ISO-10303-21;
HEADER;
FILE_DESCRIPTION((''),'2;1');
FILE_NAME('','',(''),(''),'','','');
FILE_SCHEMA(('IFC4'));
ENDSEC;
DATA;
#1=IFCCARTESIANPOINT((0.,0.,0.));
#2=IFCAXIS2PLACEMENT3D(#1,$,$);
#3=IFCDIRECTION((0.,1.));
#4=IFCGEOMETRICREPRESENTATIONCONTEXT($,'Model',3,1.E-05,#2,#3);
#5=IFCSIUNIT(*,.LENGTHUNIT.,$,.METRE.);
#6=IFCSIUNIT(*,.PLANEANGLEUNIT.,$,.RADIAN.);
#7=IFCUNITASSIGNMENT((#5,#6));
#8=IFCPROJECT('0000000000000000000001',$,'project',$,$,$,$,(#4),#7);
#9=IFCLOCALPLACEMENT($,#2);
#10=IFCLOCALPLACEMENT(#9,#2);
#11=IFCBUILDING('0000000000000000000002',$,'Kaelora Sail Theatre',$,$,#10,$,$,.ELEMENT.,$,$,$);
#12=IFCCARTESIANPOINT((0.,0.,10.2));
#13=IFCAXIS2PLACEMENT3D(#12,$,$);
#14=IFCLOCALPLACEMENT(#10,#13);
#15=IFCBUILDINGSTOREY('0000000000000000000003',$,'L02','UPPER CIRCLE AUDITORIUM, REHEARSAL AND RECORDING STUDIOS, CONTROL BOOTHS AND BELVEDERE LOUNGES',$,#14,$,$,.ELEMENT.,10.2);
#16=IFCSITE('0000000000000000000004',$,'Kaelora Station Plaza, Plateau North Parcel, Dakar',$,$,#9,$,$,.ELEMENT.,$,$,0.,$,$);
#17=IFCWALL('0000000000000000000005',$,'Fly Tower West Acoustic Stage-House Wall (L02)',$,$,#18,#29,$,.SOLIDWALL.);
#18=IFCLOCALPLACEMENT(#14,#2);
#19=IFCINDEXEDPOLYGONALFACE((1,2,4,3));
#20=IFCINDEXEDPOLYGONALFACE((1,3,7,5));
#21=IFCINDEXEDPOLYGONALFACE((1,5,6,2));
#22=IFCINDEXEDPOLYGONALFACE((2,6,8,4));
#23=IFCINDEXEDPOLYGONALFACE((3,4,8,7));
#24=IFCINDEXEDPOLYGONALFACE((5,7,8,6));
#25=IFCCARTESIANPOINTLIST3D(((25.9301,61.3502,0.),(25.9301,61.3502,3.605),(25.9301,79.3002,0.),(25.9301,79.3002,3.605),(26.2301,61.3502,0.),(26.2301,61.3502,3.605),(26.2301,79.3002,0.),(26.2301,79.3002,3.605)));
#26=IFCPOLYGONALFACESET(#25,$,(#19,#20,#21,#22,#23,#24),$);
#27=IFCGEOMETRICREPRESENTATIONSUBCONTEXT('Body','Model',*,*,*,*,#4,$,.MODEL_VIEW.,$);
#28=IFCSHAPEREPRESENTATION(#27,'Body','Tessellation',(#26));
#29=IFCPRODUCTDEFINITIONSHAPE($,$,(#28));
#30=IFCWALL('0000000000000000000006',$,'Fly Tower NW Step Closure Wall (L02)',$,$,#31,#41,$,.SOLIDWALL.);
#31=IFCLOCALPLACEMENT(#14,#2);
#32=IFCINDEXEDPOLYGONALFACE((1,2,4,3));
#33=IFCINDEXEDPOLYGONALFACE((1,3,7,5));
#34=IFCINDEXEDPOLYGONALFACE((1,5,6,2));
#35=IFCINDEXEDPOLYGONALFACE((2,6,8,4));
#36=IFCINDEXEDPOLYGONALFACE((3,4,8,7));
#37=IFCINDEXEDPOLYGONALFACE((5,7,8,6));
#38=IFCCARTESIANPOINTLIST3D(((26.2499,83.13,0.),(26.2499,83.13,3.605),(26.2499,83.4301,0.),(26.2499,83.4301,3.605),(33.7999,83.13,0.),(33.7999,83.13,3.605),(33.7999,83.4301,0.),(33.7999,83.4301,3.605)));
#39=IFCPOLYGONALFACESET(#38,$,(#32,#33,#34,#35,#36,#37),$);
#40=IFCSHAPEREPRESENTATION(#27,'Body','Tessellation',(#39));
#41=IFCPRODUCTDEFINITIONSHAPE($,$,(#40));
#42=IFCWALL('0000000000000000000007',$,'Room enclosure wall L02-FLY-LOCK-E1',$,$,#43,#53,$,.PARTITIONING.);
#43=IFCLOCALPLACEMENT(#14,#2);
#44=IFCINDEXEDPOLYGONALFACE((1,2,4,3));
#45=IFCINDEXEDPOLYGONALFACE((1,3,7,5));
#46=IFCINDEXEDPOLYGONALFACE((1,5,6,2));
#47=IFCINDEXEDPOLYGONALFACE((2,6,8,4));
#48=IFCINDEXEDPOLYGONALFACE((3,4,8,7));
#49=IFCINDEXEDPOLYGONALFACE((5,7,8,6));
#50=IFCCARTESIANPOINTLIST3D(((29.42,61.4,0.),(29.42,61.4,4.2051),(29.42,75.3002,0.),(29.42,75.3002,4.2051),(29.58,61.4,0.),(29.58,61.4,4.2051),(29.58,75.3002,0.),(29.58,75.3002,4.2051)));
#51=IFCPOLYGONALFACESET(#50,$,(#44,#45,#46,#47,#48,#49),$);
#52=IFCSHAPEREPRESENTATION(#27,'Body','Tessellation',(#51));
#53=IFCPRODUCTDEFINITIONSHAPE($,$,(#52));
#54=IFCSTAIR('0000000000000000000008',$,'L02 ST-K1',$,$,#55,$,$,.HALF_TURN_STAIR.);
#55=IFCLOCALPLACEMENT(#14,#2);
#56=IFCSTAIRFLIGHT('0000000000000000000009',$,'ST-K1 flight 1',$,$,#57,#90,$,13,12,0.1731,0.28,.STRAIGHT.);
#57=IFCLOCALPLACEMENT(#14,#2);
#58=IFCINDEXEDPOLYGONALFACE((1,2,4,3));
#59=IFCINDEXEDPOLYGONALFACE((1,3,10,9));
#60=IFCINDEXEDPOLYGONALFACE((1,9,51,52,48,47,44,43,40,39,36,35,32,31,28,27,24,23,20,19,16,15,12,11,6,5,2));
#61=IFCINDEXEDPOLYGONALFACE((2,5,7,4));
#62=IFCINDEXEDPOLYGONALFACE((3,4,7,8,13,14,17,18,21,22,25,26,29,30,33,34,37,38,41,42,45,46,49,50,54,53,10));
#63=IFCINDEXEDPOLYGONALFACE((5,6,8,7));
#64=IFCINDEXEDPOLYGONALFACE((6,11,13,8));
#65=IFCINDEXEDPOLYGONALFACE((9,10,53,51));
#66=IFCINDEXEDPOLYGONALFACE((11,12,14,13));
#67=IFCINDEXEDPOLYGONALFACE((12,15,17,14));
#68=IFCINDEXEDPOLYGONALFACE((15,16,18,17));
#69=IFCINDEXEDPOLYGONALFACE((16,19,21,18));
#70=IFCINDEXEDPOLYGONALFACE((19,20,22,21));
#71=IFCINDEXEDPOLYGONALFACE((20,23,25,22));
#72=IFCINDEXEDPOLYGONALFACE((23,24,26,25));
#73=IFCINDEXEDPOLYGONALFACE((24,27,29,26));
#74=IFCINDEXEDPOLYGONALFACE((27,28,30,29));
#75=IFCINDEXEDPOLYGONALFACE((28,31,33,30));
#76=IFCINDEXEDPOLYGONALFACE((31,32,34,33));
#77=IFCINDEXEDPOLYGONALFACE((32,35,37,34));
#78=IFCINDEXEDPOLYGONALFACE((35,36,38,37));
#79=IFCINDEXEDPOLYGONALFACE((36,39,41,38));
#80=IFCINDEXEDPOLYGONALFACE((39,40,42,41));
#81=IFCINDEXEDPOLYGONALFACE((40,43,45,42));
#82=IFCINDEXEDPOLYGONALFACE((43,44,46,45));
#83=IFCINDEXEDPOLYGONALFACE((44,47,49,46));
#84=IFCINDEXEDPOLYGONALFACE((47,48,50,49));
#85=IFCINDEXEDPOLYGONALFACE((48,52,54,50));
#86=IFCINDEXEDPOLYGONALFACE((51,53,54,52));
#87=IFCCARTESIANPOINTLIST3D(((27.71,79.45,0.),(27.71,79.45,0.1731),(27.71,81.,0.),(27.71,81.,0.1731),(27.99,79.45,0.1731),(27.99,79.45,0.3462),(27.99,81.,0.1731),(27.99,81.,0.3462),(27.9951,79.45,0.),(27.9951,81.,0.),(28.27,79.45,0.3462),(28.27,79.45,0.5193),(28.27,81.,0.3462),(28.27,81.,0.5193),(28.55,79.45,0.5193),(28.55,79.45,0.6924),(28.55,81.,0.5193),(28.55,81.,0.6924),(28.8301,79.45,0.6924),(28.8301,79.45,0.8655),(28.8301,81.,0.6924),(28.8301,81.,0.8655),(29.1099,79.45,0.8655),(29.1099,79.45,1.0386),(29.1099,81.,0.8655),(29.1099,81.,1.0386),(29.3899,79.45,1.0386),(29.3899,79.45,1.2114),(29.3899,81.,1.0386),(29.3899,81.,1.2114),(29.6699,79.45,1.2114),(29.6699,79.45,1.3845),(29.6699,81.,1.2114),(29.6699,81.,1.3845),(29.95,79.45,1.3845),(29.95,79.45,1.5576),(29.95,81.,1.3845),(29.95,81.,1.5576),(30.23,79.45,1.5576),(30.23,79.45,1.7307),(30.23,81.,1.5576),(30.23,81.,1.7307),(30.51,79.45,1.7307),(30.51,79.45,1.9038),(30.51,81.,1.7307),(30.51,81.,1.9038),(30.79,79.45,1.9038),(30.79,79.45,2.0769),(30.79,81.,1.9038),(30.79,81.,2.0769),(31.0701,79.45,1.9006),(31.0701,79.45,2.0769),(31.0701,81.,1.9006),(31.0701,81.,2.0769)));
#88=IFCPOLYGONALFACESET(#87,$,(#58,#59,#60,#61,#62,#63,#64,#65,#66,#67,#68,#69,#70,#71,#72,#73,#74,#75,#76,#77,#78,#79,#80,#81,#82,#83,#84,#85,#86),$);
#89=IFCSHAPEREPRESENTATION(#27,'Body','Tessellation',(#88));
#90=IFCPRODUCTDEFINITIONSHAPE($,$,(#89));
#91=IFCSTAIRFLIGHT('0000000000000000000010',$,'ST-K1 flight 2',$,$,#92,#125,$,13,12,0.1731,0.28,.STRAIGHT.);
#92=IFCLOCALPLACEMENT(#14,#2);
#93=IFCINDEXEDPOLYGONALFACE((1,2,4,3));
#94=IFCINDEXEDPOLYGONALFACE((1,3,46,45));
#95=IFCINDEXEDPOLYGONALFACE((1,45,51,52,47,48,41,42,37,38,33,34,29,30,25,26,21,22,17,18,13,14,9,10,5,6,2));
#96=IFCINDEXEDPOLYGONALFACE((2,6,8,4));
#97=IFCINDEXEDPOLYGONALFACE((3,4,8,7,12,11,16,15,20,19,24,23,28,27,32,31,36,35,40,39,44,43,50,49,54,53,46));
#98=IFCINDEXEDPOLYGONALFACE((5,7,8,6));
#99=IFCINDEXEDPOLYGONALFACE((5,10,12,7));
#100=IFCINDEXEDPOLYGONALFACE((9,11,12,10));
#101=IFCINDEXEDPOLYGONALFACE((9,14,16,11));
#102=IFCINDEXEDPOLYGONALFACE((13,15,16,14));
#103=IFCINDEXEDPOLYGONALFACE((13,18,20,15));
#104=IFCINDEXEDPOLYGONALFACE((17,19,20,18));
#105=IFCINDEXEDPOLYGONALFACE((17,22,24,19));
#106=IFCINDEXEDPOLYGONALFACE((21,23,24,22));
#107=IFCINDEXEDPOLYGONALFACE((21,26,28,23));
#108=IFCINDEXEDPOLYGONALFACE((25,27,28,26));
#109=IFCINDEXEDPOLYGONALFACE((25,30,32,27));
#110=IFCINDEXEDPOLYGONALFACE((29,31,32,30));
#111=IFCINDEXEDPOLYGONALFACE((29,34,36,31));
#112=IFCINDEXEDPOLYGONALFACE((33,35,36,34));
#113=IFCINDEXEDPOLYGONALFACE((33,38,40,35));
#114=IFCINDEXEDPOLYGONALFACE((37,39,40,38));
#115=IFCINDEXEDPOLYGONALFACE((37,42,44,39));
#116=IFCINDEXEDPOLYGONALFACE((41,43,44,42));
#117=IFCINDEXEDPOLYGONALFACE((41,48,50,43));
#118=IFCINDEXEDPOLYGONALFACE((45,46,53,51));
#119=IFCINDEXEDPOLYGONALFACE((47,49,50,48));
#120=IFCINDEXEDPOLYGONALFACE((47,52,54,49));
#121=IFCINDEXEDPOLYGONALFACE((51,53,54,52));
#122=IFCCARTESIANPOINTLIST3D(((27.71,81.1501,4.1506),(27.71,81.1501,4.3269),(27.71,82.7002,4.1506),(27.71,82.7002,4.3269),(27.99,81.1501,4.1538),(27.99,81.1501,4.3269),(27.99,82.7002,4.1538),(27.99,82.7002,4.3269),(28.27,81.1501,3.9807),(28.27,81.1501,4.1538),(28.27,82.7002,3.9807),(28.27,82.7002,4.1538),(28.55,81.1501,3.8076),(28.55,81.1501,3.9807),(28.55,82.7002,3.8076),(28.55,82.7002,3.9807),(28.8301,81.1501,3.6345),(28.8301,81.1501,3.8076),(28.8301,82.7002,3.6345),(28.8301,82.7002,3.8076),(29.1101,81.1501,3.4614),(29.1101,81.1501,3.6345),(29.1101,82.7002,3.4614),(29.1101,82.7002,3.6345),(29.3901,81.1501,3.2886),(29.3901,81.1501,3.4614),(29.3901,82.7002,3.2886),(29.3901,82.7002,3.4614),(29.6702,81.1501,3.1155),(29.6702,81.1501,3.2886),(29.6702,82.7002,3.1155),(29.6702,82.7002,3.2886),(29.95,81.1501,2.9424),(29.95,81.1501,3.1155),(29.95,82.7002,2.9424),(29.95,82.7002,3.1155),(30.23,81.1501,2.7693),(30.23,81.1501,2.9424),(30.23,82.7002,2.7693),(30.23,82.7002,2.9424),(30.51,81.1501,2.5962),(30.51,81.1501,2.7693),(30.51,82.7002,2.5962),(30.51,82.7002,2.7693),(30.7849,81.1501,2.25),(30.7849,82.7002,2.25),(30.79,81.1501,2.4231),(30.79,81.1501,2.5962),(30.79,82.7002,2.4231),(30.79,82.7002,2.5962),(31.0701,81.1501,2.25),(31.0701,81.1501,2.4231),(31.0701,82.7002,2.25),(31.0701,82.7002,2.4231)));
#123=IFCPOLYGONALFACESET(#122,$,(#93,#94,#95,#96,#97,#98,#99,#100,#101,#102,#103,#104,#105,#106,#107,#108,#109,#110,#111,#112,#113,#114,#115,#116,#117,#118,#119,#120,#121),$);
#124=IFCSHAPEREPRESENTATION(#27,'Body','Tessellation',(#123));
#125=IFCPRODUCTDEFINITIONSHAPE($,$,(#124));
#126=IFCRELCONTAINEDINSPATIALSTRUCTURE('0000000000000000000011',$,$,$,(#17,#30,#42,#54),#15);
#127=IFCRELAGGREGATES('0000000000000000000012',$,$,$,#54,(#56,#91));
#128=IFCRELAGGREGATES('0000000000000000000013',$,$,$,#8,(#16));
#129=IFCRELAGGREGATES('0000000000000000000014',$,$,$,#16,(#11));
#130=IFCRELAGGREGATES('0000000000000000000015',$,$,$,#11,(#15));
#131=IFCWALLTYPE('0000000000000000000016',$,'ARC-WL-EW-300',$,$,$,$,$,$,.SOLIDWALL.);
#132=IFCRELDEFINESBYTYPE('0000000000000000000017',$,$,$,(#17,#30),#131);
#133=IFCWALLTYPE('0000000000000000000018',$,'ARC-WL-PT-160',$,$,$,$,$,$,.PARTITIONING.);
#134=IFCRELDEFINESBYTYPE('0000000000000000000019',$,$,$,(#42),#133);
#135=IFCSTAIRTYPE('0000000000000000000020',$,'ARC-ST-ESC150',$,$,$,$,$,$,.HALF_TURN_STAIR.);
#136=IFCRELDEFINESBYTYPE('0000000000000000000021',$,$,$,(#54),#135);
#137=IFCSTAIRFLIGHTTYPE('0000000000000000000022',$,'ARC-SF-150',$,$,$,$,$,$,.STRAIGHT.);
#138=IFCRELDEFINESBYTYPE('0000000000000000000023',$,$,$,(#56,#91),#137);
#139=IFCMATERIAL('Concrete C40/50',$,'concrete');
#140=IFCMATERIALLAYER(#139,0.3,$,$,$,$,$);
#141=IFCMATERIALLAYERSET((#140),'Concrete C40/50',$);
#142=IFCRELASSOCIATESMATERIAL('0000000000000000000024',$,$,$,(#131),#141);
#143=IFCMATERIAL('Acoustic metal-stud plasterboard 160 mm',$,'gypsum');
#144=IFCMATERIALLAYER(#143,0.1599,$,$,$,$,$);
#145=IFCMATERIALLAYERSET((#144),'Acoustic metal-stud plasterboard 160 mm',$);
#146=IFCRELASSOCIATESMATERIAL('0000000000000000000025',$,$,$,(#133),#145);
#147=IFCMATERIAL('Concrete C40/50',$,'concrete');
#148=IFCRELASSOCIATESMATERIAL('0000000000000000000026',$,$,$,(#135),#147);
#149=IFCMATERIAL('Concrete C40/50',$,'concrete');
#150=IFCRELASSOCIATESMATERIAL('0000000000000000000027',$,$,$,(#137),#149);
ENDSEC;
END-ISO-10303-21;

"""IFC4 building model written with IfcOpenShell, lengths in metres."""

from ifc_helpers import new_model, si_unit, direction, frame, frame_2d, origin, place, context, subcontext, project, spatial, polyline, rectangle, outline, extrude, material, layer, layer_set, type_object, element, aggregate, save


model = new_model("IFC4")

# Units and contexts
model_context = context("Model", 3, precision=1e-05, world=origin(), true_north=direction((0.0, 1.0)))
body_context = subcontext(model_context, "Body", "Model", "MODEL_VIEW")
ifc_project = project(units=[si_unit("LENGTHUNIT", "METRE"), si_unit("PLANEANGLEUNIT", "RADIAN")], contexts=[model_context])

# Site, building, storey
site_placement = place(None, origin())
site = spatial("IfcSite", under=ifc_project, at=site_placement, Name="Kaelora Station Plaza, Plateau North Parcel, Dakar", CompositionType="ELEMENT", RefElevation=0.0)
building_placement = place(site_placement, origin())
building = spatial("IfcBuilding", under=site, at=building_placement, Name="Kaelora Sail Theatre", CompositionType="ELEMENT")
storey_placement = place(building_placement, frame((0.0, 0.0, 10.2)))
storey = spatial("IfcBuildingStorey", under=building, at=storey_placement, Name="L02", Description="UPPER CIRCLE AUDITORIUM, REHEARSAL AND RECORDING STUDIOS, CONTROL BOOTHS AND BELVEDERE LOUNGES", CompositionType="ELEMENT", Elevation=10.2)

# Walls
ifc_material_1 = material(Name="Concrete C40/50", Category="concrete")
ifc_layer_1 = layer(ifc_material_1, 0.3)
ifc_layer_set_1 = layer_set([ifc_layer_1], Name="Concrete C40/50")
wall_type_1 = type_object("IfcWallType", Name="ARC-WL-EW-300", PredefinedType="SOLIDWALL", material=ifc_layer_set_1)
wall_1_placement = place(storey_placement, frame((26.0801, 61.3501, 0.0), z_axis=(0.0, 0.0, 1.0), x_axis=(0.0, 1.0, 0.0)))
element("IfcWall", 1, at=wall_1_placement, inside=storey, type_object=wall_type_1, Name="Fly Tower West Acoustic Stage-House Wall (L02)", PredefinedType="SOLIDWALL", context=body_context, shape_type="SweptSolid", body=[
    extrude(rectangle(XDim=17.95, YDim=0.3, at=frame_2d((8.9751, 0.0))), origin(), (0.0, 0.0, 1.0), 3.605),
])
wall_2_placement = place(storey_placement, frame((26.25, 83.28, 0.0), z_axis=(0.0, 0.0, 1.0), x_axis=(1.0, 0.0, 0.0)))
element("IfcWall", 2, at=wall_2_placement, inside=storey, type_object=wall_type_1, Name="Fly Tower NW Step Closure Wall (L02)", PredefinedType="SOLIDWALL", context=body_context, shape_type="SweptSolid", body=[
    extrude(rectangle(XDim=7.55, YDim=0.3, at=frame_2d((3.7749, 0.0))), origin(), (0.0, 0.0, 1.0), 3.605),
])
ifc_material_2 = material(Name="Acoustic metal-stud plasterboard 160 mm", Category="gypsum")
ifc_layer_2 = layer(ifc_material_2, 0.1599)
ifc_layer_set_2 = layer_set([ifc_layer_2], Name="Acoustic metal-stud plasterboard 160 mm")
wall_type_2 = type_object("IfcWallType", Name="ARC-WL-PT-160", PredefinedType="PARTITIONING", material=ifc_layer_set_2)
wall_3_placement = place(storey_placement, frame((29.5, 61.3999, 0.0), z_axis=(0.0, 0.0, 1.0), x_axis=(0.0, 1.0, 0.0)))
element("IfcWall", 3, at=wall_3_placement, inside=storey, type_object=wall_type_2, Name="Room enclosure wall L02-FLY-LOCK-E1", PredefinedType="PARTITIONING", context=body_context, shape_type="SweptSolid", body=[
    extrude(rectangle(XDim=13.9001, YDim=0.1599, at=frame_2d((6.9502, 0.0))), origin(), (0.0, 0.0, 1.0), 4.2051),
])

# Stair, stair flights
ifc_material_3 = material(Name="Concrete C40/50", Category="concrete")
stair_type = type_object("IfcStairType", Name="ARC-ST-ESC150", PredefinedType="HALF_TURN_STAIR", material=ifc_material_3)
stair_placement = place(storey_placement, origin())
stair = element("IfcStair", 4, at=stair_placement, inside=storey, type_object=stair_type, Name="L02 ST-K1", PredefinedType="HALF_TURN_STAIR")
ifc_material_4 = material(Name="Concrete C40/50", Category="concrete")
stair_flight_type = type_object("IfcStairFlightType", Name="ARC-SF-150", PredefinedType="STRAIGHT", material=ifc_material_4)
stair_flight_1_placement = place(storey_placement, frame((27.71, 80.2251, 0.0), z_axis=(0.0, 0.0, 1.0), x_axis=(1.0, 0.0, 0.0)))
stair_flight_1 = element("IfcStairFlight", 5, at=stair_flight_1_placement, type_object=stair_flight_type, Name="ST-K1 flight 1", NumberOfRisers=13, NumberOfTreads=12, PredefinedType="STRAIGHT", RiserHeight=0.1731, TreadLength=0.28, context=body_context, shape_type="SweptSolid", body=[
    extrude(outline(polyline([(0.0, 0.0), (0.0, 0.1731), (0.28, 0.1731), (0.28, 0.3462), (0.5601, 0.3462), (0.5601, 0.5193), (0.8401, 0.5193), (0.8401, 0.6924), (1.1201, 0.6924), (1.1201, 0.8655), (1.3999, 0.8655), (1.3999, 1.0386), (1.6799, 1.0386), (1.6799, 1.2114), (1.96, 1.2114), (1.96, 1.3845), (2.24, 1.3845), (2.24, 1.5576), (2.52, 1.5576), (2.52, 1.7307), (2.8, 1.7307), (2.8, 1.9038), (3.0801, 1.9038), (3.0801, 2.0769), (3.3601, 2.0769), (3.3601, 2.25), (3.3601, 1.9006), (0.2852, 0.0), (0.0, 0.0)])), frame((0.0, 0.7749, 0.0), z_axis=(0.0, -1.0, 0.0), x_axis=(1.0, 0.0, 0.0)), (0.0, 0.0, 1.0), 1.55),
])
stair_flight_2_placement = place(storey_placement, frame((31.0701, 81.925, 2.25), z_axis=(0.0, 0.0, 1.0), x_axis=(-1.0, 0.0, 0.0)))
stair_flight_2 = element("IfcStairFlight", 6, at=stair_flight_2_placement, type_object=stair_flight_type, Name="ST-K1 flight 2", NumberOfRisers=13, NumberOfTreads=12, PredefinedType="STRAIGHT", RiserHeight=0.1731, TreadLength=0.28, context=body_context, shape_type="SweptSolid", body=[
    extrude(outline(polyline([(0.0, 0.0), (0.0, 0.1731), (0.28, 0.1731), (0.28, 0.3462), (0.5601, 0.3462), (0.5601, 0.5193), (0.8401, 0.5193), (0.8401, 0.6924), (1.1201, 0.6924), (1.1201, 0.8655), (1.3999, 0.8655), (1.3999, 1.0386), (1.6799, 1.0386), (1.6799, 1.2114), (1.96, 1.2114), (1.96, 1.3845), (2.24, 1.3845), (2.24, 1.5576), (2.52, 1.5576), (2.52, 1.7307), (2.8, 1.7307), (2.8, 1.9038), (3.0801, 1.9038), (3.0801, 2.0769), (3.3601, 2.0769), (3.3601, 2.25), (3.3601, 1.9006), (0.2852, 0.0), (0.0, 0.0)])), frame((0.0, 0.7749, 0.0), z_axis=(0.0, -1.0, 0.0), x_axis=(1.0, 0.0, 0.0)), (0.0, 0.0, 1.0), 1.55),
])
aggregate(stair, [stair_flight_1, stair_flight_2])

save(model, "model.ifc")
